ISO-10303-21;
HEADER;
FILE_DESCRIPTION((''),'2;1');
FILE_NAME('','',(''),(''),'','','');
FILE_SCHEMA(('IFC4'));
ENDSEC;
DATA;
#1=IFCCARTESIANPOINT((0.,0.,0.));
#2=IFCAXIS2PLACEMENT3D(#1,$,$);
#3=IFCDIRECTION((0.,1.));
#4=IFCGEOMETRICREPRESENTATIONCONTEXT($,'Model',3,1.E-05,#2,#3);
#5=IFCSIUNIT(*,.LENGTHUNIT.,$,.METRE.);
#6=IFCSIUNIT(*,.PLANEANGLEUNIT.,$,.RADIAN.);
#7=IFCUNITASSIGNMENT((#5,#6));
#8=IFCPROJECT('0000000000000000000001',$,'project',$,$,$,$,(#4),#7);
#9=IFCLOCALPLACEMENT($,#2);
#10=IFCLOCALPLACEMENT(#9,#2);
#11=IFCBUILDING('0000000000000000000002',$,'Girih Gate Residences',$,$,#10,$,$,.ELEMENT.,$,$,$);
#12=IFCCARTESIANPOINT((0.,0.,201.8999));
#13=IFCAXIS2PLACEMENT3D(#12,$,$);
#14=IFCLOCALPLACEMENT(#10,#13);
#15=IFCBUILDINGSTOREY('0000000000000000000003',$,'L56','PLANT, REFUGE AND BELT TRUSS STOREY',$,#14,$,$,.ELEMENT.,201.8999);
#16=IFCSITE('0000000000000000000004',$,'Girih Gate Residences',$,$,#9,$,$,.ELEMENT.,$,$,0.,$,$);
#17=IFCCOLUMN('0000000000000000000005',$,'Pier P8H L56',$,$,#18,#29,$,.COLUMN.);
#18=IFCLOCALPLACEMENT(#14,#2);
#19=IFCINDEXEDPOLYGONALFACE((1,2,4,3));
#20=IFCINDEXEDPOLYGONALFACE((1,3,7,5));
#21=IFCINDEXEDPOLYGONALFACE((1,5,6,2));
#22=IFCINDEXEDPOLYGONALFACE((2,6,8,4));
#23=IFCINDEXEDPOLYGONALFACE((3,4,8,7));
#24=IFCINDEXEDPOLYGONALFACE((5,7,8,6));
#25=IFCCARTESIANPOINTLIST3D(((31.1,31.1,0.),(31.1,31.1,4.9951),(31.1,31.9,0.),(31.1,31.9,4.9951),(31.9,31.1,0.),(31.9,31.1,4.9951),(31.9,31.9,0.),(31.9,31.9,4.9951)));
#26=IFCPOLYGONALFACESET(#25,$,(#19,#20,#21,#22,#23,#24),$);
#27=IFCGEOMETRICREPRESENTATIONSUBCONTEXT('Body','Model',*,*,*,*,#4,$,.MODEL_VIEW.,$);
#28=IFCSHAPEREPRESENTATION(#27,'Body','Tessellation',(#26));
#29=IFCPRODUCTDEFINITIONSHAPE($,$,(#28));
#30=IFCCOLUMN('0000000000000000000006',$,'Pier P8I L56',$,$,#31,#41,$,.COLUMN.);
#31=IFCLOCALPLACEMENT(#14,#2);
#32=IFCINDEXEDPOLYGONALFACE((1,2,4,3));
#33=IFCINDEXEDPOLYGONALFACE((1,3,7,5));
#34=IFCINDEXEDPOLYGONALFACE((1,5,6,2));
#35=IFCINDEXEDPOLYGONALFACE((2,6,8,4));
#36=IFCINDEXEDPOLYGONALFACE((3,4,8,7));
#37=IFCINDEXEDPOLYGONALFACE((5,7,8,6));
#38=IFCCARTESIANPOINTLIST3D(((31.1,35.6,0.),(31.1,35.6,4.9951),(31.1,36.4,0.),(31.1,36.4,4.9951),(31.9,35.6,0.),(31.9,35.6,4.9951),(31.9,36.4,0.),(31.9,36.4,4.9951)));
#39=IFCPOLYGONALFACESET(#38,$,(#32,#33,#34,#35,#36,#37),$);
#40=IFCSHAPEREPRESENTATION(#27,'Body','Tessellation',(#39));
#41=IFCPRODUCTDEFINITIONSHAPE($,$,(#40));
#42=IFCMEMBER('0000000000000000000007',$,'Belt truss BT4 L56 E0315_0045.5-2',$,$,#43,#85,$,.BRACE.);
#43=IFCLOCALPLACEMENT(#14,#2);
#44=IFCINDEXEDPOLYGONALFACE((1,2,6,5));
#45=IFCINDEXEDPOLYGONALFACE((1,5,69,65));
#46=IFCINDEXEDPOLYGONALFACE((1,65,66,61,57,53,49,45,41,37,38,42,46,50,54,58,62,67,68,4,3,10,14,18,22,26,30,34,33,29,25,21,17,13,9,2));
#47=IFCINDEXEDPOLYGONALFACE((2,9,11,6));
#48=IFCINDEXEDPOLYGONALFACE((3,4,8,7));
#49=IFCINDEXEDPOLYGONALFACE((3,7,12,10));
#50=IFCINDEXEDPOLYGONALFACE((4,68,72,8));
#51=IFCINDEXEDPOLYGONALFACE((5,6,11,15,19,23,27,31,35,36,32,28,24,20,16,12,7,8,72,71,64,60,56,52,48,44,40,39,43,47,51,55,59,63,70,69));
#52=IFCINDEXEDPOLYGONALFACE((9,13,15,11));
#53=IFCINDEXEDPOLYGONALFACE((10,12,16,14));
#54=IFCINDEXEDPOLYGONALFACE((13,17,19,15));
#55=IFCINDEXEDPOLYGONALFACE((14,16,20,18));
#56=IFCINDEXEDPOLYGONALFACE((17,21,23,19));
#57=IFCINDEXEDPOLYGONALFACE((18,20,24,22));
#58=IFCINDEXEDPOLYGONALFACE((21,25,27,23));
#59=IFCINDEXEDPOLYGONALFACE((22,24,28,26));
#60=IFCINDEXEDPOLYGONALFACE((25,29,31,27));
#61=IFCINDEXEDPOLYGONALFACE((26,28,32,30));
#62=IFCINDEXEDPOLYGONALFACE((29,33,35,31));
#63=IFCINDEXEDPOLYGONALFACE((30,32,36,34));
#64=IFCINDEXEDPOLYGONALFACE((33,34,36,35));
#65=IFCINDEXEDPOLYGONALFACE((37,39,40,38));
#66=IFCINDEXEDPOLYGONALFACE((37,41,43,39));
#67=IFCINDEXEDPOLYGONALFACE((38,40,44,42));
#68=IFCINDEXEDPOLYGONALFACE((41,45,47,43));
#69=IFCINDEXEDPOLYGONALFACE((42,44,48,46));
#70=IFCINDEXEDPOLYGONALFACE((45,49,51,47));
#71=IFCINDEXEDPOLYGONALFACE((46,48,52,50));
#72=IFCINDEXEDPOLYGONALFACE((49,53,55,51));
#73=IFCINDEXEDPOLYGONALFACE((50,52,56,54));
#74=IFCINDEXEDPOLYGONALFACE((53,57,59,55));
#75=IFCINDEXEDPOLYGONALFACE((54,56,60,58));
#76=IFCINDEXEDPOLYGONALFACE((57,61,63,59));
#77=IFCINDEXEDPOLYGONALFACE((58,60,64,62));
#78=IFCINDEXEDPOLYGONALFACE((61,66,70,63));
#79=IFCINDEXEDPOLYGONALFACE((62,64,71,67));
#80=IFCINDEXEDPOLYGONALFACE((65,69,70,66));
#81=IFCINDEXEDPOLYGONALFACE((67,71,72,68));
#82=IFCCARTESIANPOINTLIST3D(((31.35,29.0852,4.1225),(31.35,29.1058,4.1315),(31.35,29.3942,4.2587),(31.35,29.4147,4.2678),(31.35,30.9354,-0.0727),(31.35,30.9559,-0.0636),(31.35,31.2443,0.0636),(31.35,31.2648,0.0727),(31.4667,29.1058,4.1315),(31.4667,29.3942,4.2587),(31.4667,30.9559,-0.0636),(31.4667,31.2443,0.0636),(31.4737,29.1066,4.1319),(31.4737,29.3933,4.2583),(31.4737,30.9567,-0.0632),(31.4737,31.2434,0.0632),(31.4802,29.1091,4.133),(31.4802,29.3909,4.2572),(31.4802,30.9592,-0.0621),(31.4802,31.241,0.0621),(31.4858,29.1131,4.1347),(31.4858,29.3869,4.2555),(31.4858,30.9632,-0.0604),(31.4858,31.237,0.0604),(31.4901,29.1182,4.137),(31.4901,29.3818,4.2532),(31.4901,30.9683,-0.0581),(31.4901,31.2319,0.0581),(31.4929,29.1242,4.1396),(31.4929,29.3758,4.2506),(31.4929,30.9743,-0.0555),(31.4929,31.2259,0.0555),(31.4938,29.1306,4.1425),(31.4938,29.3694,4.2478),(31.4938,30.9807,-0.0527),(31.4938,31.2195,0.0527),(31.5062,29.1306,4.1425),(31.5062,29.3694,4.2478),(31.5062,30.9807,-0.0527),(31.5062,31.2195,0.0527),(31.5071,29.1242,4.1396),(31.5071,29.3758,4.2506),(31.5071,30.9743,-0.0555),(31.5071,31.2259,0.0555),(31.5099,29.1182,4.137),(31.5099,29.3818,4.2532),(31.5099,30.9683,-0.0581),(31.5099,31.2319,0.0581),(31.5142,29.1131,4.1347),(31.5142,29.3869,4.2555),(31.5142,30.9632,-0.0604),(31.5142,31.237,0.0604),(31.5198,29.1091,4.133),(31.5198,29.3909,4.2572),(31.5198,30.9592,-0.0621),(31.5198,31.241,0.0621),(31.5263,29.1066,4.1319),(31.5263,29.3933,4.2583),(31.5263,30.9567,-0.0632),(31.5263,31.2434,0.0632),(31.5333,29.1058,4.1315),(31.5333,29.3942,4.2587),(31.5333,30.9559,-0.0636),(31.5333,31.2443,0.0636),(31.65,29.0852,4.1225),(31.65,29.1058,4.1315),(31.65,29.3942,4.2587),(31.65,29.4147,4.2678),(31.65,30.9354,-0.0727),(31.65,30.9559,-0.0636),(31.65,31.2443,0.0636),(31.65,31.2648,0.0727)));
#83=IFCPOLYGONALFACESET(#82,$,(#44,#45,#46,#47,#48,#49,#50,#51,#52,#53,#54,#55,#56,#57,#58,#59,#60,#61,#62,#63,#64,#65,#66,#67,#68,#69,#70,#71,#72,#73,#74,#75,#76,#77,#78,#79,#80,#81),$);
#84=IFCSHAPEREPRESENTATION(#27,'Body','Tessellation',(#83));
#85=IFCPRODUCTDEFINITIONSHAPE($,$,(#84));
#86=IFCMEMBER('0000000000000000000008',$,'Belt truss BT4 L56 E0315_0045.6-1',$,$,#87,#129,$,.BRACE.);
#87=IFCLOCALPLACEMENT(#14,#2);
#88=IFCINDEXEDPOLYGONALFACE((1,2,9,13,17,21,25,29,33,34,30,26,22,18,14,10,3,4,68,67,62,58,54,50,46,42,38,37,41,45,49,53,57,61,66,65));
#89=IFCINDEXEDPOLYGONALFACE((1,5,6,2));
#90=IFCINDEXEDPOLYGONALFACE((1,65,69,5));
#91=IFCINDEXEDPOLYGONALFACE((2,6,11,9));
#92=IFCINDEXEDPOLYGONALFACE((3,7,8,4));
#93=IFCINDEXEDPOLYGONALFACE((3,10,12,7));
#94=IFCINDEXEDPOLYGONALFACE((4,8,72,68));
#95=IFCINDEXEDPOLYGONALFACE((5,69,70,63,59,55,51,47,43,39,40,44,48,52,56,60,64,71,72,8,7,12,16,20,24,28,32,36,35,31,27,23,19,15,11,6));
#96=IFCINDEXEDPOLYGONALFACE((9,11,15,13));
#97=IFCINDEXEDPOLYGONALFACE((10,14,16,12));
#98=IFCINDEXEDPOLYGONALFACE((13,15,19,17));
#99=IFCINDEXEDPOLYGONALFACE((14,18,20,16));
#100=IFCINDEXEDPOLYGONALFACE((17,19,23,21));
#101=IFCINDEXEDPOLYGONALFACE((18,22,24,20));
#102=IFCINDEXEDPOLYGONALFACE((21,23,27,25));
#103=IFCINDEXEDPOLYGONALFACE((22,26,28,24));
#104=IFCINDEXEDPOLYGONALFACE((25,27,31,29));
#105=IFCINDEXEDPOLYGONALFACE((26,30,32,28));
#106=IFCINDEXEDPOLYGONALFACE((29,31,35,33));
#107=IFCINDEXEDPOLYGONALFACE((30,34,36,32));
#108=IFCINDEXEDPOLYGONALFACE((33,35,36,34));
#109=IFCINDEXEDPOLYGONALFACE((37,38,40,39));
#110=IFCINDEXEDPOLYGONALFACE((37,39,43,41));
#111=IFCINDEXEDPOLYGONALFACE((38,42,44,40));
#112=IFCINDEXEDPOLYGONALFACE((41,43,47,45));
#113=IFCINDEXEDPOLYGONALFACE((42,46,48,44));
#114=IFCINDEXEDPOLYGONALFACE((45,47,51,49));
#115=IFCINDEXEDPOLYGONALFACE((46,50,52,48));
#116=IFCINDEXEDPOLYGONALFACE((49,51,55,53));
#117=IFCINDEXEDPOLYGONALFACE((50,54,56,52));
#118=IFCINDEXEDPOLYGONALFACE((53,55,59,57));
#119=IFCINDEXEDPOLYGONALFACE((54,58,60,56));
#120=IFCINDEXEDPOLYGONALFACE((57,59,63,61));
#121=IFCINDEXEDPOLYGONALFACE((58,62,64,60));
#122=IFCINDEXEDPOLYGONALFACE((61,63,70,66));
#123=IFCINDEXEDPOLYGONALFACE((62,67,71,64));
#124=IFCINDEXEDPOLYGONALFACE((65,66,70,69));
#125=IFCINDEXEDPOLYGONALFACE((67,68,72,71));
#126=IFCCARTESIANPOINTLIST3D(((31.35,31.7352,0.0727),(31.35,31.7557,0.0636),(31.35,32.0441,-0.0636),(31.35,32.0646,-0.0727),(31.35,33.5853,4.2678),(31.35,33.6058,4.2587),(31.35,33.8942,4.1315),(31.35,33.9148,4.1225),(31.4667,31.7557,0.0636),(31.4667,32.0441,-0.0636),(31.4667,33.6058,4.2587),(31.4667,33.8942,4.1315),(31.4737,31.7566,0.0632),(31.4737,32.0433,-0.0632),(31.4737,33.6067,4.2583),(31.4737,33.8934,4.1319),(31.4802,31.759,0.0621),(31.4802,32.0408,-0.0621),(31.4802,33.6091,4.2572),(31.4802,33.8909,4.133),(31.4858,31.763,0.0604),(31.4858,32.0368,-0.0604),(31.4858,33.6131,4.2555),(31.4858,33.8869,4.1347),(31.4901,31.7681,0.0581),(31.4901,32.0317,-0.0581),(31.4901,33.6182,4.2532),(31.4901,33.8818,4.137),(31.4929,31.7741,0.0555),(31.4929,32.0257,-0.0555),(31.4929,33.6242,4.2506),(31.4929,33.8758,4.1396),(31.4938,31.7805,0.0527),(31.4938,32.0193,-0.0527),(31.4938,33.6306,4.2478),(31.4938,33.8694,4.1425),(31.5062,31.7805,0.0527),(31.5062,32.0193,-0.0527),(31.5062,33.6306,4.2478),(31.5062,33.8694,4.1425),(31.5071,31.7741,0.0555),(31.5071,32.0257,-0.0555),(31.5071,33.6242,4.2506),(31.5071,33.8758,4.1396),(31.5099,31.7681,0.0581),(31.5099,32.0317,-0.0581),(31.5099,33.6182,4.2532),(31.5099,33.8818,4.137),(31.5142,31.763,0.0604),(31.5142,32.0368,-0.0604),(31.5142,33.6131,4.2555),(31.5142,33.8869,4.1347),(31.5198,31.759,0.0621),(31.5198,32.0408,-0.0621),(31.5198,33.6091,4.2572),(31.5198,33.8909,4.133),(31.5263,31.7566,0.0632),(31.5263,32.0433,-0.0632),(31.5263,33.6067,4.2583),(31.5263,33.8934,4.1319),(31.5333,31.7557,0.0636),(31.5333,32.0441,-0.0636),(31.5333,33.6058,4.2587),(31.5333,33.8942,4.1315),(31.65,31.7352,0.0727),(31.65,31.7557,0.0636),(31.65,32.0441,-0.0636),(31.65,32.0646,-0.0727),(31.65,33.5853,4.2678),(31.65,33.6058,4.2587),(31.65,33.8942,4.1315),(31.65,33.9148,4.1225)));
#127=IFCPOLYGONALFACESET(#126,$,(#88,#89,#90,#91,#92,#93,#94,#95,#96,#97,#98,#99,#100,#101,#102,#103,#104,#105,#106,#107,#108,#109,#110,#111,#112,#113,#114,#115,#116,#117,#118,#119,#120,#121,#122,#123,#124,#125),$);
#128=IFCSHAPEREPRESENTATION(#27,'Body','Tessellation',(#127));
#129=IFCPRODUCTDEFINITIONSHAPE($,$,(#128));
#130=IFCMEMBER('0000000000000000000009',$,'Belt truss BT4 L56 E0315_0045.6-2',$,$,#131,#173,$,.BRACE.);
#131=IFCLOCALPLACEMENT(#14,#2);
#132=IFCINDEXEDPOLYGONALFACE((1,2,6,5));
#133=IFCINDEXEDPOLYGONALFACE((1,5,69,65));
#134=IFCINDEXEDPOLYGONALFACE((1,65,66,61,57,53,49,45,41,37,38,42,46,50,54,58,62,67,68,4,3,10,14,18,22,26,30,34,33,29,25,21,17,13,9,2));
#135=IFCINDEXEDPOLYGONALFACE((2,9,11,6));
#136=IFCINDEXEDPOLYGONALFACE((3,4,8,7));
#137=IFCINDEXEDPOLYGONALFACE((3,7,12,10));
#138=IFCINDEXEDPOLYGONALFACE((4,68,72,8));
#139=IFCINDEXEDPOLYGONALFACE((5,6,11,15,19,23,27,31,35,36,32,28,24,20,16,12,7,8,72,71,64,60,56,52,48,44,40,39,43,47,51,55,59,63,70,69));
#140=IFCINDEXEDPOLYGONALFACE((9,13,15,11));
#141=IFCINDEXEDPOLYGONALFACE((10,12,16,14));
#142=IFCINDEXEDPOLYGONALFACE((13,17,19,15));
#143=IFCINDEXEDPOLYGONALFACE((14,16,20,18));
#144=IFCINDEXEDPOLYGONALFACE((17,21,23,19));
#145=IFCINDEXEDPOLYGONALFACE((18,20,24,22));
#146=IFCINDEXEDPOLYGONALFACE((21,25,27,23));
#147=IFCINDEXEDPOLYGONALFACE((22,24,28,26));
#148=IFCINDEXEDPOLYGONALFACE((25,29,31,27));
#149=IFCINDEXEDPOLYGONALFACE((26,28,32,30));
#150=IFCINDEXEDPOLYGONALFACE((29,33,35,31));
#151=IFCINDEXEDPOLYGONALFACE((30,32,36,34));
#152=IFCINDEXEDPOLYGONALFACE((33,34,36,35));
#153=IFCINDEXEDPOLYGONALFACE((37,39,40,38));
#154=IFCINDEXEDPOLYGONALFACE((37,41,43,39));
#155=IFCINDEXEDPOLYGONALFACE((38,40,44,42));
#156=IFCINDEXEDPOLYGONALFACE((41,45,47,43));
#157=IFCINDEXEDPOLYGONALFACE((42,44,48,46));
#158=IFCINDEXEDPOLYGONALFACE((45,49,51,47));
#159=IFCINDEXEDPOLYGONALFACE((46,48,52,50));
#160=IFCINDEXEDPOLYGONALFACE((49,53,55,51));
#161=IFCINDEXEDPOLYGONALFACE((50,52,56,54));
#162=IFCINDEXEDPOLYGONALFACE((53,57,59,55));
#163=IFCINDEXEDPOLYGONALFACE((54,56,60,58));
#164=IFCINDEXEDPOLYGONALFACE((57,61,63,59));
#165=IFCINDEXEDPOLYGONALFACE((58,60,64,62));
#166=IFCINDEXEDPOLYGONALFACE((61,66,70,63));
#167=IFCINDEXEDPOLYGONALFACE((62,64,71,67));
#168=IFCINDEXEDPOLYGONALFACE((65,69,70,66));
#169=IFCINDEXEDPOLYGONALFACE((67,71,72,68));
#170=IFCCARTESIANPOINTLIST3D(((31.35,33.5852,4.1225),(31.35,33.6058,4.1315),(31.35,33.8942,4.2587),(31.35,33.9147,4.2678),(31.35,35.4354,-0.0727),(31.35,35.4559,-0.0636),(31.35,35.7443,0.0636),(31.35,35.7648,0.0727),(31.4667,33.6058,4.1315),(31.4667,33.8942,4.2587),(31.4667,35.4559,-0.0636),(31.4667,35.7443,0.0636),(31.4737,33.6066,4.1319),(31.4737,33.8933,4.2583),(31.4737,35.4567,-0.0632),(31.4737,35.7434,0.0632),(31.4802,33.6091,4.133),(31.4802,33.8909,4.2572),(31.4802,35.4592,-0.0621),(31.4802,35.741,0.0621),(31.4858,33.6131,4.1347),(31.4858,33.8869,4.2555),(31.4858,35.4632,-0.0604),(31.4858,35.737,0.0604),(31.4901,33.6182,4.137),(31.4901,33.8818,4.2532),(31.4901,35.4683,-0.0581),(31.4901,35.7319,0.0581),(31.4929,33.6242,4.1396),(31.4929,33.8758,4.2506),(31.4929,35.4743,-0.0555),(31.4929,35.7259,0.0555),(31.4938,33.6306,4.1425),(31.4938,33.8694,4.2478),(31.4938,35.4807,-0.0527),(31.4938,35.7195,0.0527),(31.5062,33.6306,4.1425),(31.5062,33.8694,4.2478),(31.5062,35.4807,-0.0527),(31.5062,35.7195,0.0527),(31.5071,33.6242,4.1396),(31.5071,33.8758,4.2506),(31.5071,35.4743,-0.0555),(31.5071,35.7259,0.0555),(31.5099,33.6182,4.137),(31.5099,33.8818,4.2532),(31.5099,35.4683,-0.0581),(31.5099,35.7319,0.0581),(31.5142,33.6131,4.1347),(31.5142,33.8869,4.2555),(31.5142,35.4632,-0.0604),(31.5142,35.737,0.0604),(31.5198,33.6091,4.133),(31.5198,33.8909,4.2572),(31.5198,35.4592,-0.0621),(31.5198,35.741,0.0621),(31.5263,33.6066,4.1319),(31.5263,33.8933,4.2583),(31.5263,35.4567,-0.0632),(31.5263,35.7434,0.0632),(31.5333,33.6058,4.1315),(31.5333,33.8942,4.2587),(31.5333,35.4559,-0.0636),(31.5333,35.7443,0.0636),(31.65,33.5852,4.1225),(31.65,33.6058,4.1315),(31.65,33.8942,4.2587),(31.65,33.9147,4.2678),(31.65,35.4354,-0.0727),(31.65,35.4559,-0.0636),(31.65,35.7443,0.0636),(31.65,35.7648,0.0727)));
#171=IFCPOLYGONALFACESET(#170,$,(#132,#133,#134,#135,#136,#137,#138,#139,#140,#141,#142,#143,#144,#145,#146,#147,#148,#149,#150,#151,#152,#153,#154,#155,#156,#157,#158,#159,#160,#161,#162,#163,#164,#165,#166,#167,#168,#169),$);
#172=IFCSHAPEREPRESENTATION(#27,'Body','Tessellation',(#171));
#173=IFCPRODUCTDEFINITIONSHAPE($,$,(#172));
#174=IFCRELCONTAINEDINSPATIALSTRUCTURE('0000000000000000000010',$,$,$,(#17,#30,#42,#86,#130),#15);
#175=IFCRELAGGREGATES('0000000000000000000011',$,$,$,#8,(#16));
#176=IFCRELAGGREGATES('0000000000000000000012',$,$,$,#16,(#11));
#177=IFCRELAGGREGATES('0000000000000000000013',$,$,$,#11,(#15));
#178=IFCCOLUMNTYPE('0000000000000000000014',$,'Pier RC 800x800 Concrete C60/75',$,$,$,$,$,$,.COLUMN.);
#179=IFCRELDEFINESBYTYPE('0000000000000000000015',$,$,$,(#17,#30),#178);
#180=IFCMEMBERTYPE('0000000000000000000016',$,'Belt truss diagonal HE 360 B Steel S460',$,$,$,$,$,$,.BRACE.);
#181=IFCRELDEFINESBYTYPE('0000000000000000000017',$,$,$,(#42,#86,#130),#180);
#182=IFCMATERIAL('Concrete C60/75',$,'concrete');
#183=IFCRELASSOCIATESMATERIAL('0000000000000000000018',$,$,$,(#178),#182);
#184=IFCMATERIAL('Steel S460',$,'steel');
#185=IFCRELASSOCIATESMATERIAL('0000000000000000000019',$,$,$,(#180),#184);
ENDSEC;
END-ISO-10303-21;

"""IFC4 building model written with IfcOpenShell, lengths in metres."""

from ifc_helpers import new_model, si_unit, direction, frame, origin, origin_2d, place, context, subcontext, project, spatial, rectangle, i_section, extrude, material, material_profile, profile_set, type_object, element, save


model = new_model("IFC4")

# Units and contexts
model_context = context("Model", 3, precision=1e-05, world=origin(), true_north=direction((0.0, 1.0)))
body_context = subcontext(model_context, "Body", "Model", "MODEL_VIEW")
ifc_project = project(units=[si_unit("LENGTHUNIT", "METRE"), si_unit("PLANEANGLEUNIT", "RADIAN")], contexts=[model_context])

# Site, building, storey
site_placement = place(None, origin())
site = spatial("IfcSite", under=ifc_project, at=site_placement, Name="Girih Gate Residences", CompositionType="ELEMENT", RefElevation=0.0)
building_placement = place(site_placement, origin())
building = spatial("IfcBuilding", under=site, at=building_placement, Name="Girih Gate Residences", CompositionType="ELEMENT")
storey_placement = place(building_placement, frame((0.0, 0.0, 201.8999)))
storey = spatial("IfcBuildingStorey", under=building, at=storey_placement, Name="L56", Description="PLANT, REFUGE AND BELT TRUSS STOREY", CompositionType="ELEMENT", Elevation=201.8999)

# Columns
ifc_material_1 = material(Name="Concrete C60/75", Category="concrete")
ifc_material_profile_1 = material_profile(ifc_material_1, rectangle(XDim=0.8, YDim=0.8, at=origin_2d()))
ifc_profile_set_1 = profile_set([ifc_material_profile_1], Name="Concrete C60/75")
column_type = type_object("IfcColumnType", Name="Pier RC 800x800 Concrete C60/75", PredefinedType="COLUMN", material=ifc_profile_set_1)
for number, where, z_axis, x_axis, name in (
    (1, (31.5, 31.5, 0.0), (0.0, 0.0, 1.0), (1.0, 0.0, 0.0), "Pier P8H L56"),
    (2, (31.5, 36.0, 0.0), (0.0, 0.0, 1.0), (1.0, 0.0, 0.0), "Pier P8I L56"),
):
    element("IfcColumn", number, at=place(storey_placement, frame(where, z_axis=z_axis, x_axis=x_axis)), inside=storey, type_object=column_type, Name=name, PredefinedType="COLUMN", context=body_context, shape_type="SweptSolid", body=[
        extrude(rectangle(XDim=0.8, YDim=0.8, at=origin_2d()), origin(), (0.0, 0.0, 1.0), 4.9951),
    ])

# Members
ifc_material_2 = material(Name="Steel S460", Category="steel")
ifc_material_profile_2 = material_profile(ifc_material_2, i_section(OverallWidth=0.3, OverallDepth=0.3601, WebThickness=0.0125, FlangeThickness=0.0225, FilletRadius=0.0271, at=origin_2d()))
ifc_profile_set_2 = profile_set([ifc_material_profile_2], Name="Steel S460")
member_type = type_object("IfcMemberType", Name="Belt truss diagonal HE 360 B Steel S460", PredefinedType="BRACE", material=ifc_profile_set_2)
for number, where, z_axis, x_axis, name in (
    (3, (31.5, 31.1001, 0.0), (0.0, -0.403518, 0.914972), (1.0, 0.0, 0.0), "Belt truss BT4 L56 E0315_0045.5-2"),
    (4, (31.5, 31.8999, 0.0), (0.0, 0.403518, 0.914972), (-1.0, 0.0, 0.0), "Belt truss BT4 L56 E0315_0045.6-1"),
    (5, (31.5, 35.6001, 0.0), (0.0, -0.403518, 0.914972), (1.0, 0.0, 0.0), "Belt truss BT4 L56 E0315_0045.6-2"),
):
    element("IfcMember", number, at=place(storey_placement, frame(where, z_axis=z_axis, x_axis=x_axis)), inside=storey, type_object=member_type, Name=name, PredefinedType="BRACE", context=body_context, shape_type="SweptSolid", body=[
        extrude(i_section(OverallWidth=0.3, OverallDepth=0.3601, WebThickness=0.0125, FlangeThickness=0.0225, FilletRadius=0.0271, at=origin_2d()), origin(), (0.0, 0.0, 1.0), 4.585),
    ])

save(model, "model.ifc")
